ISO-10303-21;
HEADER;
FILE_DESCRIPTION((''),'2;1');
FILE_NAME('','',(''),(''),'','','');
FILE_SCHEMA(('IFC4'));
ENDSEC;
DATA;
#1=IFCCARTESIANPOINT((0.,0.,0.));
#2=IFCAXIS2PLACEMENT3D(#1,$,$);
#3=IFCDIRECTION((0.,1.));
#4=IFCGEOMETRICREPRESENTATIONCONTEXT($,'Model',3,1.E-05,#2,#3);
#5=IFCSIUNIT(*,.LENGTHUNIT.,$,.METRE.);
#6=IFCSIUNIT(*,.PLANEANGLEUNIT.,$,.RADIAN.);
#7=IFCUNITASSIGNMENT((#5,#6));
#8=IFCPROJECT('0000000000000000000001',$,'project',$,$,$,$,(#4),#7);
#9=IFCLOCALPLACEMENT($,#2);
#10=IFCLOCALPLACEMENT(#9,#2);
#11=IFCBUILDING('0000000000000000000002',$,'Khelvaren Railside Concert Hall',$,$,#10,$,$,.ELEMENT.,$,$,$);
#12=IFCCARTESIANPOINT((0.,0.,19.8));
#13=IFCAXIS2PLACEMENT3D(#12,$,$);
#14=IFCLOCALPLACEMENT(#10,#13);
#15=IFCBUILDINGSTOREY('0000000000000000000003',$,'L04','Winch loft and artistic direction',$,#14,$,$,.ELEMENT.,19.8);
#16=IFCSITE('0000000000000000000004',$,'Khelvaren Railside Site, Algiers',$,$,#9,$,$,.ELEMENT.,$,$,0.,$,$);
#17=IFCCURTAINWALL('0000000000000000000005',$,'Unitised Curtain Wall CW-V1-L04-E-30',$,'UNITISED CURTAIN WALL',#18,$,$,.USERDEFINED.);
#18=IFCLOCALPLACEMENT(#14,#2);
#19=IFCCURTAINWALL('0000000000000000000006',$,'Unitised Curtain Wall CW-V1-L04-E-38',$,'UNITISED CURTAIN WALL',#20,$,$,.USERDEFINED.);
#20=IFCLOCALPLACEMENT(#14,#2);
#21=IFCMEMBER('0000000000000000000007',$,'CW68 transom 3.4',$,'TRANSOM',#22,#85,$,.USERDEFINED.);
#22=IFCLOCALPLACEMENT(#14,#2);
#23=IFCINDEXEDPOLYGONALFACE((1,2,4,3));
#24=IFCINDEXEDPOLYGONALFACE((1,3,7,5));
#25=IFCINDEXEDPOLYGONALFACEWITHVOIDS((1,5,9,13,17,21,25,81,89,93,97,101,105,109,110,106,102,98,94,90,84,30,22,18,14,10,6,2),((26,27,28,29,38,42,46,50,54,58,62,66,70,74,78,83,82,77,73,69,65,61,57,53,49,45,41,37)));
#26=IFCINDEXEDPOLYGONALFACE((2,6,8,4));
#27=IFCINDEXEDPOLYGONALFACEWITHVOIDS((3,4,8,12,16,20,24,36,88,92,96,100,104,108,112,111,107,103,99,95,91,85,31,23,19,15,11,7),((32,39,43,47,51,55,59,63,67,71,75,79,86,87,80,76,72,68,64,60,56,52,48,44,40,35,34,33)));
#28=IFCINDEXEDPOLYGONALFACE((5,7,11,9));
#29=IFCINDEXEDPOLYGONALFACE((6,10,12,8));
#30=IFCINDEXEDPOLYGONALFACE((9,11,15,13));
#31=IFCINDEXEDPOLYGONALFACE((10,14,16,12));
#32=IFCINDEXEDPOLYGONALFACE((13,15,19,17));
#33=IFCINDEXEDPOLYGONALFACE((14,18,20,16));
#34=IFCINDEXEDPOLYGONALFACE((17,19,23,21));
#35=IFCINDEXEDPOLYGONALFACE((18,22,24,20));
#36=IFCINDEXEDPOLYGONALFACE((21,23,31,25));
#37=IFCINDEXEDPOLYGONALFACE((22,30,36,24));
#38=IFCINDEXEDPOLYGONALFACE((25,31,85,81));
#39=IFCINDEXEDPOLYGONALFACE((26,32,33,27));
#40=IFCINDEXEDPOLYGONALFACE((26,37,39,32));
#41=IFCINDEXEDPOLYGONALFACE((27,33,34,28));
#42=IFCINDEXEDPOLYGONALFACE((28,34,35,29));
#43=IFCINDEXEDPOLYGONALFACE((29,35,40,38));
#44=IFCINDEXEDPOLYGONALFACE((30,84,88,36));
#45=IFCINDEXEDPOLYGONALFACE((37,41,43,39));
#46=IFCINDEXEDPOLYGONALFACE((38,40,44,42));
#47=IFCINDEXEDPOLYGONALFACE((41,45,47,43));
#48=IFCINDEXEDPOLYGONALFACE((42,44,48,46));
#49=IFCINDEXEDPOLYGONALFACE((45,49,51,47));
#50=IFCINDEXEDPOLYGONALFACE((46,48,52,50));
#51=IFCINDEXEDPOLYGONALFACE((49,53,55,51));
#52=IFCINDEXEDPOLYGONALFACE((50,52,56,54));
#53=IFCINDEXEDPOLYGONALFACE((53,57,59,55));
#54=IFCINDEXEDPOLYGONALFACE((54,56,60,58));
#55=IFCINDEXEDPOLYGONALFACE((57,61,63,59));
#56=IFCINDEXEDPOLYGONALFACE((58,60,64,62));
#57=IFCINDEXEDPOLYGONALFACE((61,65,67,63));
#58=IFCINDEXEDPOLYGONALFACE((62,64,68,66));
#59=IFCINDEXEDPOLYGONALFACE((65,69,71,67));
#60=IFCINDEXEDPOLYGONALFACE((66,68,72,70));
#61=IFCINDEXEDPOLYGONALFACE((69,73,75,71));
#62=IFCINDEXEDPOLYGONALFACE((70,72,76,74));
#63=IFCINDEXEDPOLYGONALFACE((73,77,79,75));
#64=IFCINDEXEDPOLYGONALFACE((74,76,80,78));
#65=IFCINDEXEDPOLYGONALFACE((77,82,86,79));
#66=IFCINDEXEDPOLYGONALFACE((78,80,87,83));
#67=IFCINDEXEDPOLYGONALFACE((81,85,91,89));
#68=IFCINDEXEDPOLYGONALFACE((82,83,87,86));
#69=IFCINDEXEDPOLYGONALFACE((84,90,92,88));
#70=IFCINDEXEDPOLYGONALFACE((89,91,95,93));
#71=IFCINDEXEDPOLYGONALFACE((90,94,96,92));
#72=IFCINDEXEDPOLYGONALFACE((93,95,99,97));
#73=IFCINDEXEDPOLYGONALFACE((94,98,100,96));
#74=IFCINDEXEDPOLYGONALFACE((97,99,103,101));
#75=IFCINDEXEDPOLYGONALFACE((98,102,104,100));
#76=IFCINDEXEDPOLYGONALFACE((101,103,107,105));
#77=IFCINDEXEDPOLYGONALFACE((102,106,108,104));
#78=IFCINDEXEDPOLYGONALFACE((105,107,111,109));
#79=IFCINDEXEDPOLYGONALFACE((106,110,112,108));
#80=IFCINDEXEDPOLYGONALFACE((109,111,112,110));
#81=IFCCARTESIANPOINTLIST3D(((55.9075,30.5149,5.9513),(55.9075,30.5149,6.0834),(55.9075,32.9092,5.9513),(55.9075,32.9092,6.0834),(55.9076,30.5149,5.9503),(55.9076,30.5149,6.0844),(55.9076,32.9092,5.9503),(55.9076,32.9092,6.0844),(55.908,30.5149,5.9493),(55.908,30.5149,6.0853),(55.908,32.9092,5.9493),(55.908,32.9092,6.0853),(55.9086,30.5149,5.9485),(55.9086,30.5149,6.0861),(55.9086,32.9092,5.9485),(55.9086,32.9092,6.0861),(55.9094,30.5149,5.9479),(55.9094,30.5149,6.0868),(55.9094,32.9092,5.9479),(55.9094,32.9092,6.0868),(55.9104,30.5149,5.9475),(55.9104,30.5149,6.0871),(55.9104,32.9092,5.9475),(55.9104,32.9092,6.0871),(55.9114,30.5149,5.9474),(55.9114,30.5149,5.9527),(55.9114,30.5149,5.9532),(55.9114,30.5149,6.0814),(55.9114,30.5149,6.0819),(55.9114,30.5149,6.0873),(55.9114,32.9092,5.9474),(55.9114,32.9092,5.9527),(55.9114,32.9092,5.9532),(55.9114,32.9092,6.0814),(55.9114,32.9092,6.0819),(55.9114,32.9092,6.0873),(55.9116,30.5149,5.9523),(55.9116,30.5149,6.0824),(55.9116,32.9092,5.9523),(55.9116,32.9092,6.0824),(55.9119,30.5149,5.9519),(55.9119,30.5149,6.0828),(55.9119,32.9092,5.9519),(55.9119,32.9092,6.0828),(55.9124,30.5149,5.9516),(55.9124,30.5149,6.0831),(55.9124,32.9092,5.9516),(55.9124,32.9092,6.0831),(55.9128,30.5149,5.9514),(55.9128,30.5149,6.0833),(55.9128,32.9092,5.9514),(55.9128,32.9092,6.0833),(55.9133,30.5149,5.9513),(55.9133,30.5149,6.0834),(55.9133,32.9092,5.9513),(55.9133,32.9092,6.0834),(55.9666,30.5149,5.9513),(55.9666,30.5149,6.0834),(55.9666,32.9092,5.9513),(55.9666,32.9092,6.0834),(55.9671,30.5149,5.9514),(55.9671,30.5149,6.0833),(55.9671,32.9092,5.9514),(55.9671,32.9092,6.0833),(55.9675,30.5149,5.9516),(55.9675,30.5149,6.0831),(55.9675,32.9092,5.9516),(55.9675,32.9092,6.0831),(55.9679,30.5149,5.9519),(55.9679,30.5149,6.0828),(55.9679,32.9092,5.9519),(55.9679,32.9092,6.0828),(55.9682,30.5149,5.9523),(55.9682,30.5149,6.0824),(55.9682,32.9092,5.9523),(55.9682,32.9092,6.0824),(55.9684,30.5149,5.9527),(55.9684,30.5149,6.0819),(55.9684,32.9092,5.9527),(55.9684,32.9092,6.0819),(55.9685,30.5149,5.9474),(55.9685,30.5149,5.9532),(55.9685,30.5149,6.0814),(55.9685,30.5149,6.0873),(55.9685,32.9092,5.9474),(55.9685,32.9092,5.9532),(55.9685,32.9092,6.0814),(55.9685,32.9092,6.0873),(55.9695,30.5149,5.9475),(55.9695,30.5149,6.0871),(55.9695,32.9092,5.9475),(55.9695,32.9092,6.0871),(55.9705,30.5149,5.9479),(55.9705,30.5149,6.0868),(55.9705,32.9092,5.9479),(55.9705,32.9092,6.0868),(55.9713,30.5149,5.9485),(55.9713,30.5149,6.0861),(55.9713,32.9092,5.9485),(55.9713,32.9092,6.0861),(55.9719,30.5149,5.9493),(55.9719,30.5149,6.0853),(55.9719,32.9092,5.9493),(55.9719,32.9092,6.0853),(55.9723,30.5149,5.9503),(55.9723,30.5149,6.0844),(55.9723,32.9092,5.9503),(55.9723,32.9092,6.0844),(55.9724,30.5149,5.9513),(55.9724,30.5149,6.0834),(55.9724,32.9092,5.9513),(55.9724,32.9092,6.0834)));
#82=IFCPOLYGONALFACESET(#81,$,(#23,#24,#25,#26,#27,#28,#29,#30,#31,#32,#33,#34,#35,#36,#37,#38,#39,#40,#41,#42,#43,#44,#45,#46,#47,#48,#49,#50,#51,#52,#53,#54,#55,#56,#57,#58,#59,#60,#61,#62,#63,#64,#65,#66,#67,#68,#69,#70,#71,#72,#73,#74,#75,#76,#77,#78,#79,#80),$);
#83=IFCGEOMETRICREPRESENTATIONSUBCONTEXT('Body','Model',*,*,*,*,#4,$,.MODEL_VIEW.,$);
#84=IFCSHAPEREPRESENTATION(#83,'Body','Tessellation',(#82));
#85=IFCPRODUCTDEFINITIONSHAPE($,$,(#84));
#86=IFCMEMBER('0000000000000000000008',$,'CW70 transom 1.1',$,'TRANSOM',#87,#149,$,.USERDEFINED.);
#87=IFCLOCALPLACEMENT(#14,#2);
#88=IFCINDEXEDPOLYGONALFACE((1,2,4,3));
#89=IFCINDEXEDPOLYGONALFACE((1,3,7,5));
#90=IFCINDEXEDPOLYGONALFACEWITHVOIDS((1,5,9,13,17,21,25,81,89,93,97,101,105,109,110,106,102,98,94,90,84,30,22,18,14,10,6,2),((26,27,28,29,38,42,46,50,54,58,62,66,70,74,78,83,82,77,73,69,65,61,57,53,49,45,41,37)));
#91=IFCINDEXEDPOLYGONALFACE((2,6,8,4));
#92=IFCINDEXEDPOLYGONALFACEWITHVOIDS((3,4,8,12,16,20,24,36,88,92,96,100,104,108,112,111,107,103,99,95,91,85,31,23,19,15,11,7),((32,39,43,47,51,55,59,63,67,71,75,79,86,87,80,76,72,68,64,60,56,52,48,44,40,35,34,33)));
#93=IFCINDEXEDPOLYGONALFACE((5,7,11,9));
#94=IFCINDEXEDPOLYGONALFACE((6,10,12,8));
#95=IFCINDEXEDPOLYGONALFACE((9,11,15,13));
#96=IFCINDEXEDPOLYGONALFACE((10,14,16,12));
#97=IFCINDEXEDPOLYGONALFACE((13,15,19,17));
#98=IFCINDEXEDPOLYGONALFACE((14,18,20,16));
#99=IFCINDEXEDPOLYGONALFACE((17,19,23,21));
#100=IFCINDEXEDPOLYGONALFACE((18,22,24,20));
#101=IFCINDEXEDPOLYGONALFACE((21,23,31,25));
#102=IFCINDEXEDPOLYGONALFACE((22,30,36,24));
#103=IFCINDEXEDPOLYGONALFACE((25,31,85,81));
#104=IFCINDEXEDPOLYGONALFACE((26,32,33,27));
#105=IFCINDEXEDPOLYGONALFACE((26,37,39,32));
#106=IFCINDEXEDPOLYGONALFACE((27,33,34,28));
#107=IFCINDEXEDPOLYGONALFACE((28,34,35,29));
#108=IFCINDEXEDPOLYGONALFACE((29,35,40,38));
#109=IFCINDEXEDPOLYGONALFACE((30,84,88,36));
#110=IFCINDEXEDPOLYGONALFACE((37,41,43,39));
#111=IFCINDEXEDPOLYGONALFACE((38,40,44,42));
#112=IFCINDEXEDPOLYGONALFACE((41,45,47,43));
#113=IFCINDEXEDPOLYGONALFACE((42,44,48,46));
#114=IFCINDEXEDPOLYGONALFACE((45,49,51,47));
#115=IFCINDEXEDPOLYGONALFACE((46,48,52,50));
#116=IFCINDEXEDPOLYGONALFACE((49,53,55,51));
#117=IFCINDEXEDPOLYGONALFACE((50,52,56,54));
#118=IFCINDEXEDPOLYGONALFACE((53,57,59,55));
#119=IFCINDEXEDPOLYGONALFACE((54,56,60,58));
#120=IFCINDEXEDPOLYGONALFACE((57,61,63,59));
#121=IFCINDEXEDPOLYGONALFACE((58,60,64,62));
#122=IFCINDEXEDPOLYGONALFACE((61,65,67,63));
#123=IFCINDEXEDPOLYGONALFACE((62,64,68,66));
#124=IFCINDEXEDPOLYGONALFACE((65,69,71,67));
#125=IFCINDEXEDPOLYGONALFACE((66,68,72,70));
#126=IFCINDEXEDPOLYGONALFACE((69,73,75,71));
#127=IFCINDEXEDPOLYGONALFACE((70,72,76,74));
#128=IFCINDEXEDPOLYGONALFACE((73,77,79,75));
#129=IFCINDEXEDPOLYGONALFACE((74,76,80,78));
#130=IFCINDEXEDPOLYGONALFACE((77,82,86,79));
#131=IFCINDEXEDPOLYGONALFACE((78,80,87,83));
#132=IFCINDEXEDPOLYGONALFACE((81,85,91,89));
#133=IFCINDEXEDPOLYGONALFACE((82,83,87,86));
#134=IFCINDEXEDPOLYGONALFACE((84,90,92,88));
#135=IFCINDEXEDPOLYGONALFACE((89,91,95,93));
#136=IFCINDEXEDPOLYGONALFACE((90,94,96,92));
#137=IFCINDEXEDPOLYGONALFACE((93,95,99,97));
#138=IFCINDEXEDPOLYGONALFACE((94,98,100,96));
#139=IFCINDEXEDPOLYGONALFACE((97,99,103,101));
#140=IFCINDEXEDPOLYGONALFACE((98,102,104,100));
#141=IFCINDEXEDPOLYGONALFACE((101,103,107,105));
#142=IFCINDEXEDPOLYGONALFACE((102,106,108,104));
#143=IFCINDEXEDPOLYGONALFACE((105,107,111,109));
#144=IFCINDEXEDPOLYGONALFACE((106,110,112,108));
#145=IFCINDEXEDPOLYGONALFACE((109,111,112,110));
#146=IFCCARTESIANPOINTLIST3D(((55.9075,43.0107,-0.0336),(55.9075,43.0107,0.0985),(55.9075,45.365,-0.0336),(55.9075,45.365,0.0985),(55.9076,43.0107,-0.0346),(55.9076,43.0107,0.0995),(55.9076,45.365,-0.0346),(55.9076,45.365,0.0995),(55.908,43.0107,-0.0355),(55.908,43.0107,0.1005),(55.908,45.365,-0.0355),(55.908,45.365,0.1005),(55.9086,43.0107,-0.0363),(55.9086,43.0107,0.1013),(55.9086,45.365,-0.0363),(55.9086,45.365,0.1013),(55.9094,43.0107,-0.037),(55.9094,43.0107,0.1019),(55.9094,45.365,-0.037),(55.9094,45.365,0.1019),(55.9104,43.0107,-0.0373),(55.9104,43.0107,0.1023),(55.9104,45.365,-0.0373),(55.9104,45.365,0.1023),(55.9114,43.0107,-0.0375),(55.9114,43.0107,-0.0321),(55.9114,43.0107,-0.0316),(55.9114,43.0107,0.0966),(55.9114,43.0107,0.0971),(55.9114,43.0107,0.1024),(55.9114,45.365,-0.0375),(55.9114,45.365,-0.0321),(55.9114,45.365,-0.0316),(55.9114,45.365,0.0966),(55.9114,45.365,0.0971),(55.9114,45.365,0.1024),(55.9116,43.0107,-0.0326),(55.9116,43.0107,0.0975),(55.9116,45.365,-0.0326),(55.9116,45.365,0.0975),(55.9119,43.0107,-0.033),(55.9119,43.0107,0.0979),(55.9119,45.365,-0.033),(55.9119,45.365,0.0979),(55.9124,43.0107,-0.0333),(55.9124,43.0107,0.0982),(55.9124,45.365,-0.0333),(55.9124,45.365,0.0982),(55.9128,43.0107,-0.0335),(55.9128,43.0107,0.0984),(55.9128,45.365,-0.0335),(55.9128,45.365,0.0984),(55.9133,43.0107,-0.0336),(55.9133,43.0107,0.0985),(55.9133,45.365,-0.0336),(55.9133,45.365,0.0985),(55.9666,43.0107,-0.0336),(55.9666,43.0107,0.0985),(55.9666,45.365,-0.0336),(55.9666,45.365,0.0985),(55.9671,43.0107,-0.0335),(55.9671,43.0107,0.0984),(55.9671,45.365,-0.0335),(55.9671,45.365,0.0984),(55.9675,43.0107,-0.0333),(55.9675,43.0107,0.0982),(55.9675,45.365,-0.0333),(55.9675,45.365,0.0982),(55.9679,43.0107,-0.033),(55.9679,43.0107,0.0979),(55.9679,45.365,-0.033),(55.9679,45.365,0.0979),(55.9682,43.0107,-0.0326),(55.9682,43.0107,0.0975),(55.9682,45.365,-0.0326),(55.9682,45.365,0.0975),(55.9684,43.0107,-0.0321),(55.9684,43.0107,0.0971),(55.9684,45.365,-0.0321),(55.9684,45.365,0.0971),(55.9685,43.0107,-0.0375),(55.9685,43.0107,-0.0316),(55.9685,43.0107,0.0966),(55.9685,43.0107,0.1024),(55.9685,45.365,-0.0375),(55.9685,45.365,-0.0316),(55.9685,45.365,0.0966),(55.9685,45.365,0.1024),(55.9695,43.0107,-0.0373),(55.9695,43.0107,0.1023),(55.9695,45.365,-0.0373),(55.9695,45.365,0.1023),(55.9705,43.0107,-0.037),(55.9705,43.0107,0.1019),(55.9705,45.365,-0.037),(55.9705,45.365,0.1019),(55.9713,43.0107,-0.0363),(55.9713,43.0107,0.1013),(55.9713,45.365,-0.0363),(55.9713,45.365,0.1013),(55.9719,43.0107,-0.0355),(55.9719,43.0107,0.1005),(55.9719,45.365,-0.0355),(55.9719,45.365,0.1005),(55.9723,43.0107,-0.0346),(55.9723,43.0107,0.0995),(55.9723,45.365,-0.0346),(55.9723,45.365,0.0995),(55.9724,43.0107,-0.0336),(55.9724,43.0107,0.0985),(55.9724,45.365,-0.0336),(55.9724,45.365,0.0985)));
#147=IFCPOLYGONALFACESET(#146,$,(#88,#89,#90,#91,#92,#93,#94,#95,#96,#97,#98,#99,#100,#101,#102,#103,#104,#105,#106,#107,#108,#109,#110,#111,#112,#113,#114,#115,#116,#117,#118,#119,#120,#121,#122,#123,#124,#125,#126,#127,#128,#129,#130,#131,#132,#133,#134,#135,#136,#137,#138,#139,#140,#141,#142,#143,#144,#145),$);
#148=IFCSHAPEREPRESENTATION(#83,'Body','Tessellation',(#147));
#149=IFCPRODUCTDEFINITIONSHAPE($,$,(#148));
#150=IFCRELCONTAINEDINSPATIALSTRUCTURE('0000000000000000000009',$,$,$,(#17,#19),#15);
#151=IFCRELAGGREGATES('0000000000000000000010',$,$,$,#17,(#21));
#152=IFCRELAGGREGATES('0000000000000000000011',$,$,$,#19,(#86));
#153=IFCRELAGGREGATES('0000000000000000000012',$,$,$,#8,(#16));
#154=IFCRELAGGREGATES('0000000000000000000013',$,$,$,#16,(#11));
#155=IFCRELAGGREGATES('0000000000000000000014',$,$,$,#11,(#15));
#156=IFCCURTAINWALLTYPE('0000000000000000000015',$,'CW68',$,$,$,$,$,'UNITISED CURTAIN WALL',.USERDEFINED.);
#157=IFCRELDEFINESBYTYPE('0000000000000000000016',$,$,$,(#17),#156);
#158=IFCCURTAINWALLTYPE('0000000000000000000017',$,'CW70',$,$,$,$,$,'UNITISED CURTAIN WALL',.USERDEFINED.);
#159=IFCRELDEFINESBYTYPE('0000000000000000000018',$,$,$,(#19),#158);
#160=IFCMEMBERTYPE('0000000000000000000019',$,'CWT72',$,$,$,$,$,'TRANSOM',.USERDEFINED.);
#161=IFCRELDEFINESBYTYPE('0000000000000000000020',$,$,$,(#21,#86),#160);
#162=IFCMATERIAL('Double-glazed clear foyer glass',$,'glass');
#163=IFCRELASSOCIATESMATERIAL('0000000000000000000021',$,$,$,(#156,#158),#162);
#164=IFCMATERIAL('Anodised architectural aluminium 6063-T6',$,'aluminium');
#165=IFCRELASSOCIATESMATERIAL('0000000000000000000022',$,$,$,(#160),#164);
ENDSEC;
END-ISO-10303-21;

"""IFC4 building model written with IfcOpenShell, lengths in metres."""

from ifc_helpers import new_model, si_unit, direction, frame, origin, origin_2d, place, context, subcontext, project, spatial, hollow_rectangle, extrude, material, material_profile, profile_set, type_object, element, aggregate, save


model = new_model("IFC4")

# Units and contexts
model_context = context("Model", 3, precision=1e-05, world=origin(), true_north=direction((0.0, 1.0)))
body_context = subcontext(model_context, "Body", "Model", "MODEL_VIEW")
ifc_project = project(units=[si_unit("LENGTHUNIT", "METRE"), si_unit("PLANEANGLEUNIT", "RADIAN")], contexts=[model_context])

# Site, building, storey
site_placement = place(None, origin())
site = spatial("IfcSite", under=ifc_project, at=site_placement, Name="Khelvaren Railside Site, Algiers", CompositionType="ELEMENT", RefElevation=0.0)
building_placement = place(site_placement, origin())
building = spatial("IfcBuilding", under=site, at=building_placement, Name="Khelvaren Railside Concert Hall", CompositionType="ELEMENT")
storey_placement = place(building_placement, frame((0.0, 0.0, 19.8)))
storey = spatial("IfcBuildingStorey", under=building, at=storey_placement, Name="L04", Description="Winch loft and artistic direction", CompositionType="ELEMENT", Elevation=19.8)

# Curtain walls
ifc_material_1 = material(Name="Double-glazed clear foyer glass", Category="glass")
curtain_wall_type_1 = type_object("IfcCurtainWallType", Name="CW68", ElementType="UNITISED CURTAIN WALL", PredefinedType="USERDEFINED", material=ifc_material_1)
curtain_wall_1_placement = place(storey_placement, origin())
curtain_wall_1 = element("IfcCurtainWall", 1, at=curtain_wall_1_placement, inside=storey, type_object=curtain_wall_type_1, Name="Unitised Curtain Wall CW-V1-L04-E-30", ObjectType="UNITISED CURTAIN WALL", PredefinedType="USERDEFINED")
ifc_material_2 = material(Name="Anodised architectural aluminium 6063-T6", Category="aluminium")
curtain_wall_type_2 = type_object("IfcCurtainWallType", Name="CW70", ElementType="UNITISED CURTAIN WALL", PredefinedType="USERDEFINED", material=ifc_material_1)
curtain_wall_2_placement = place(storey_placement, origin())
curtain_wall_2 = element("IfcCurtainWall", 2, at=curtain_wall_2_placement, inside=storey, type_object=curtain_wall_type_2, Name="Unitised Curtain Wall CW-V1-L04-E-38", ObjectType="UNITISED CURTAIN WALL", PredefinedType="USERDEFINED")

# Members
ifc_material_profile_1 = material_profile(ifc_material_2, hollow_rectangle(XDim=0.0649, YDim=0.1399, WallThickness=0.0039, InnerFilletRadius=0.002, OuterFilletRadius=0.0039, at=origin_2d()), Name="CWT 65x140x4")
ifc_profile_set_1 = profile_set([ifc_material_profile_1], Name="Anodised architectural aluminium 6063-T6")
member_type_1 = type_object("IfcMemberType", Name="CWT72", ElementType="TRANSOM", PredefinedType="USERDEFINED", material=ifc_profile_set_1)
member_1_placement = place(storey_placement, frame((55.9399, 32.9092, 6.0173), z_axis=(0.0, -1.0, 0.0), x_axis=(1.0, 0.0, 0.0)))
member_1 = element("IfcMember", 3, at=member_1_placement, type_object=member_type_1, Name="CW68 transom 3.4", ObjectType="TRANSOM", PredefinedType="USERDEFINED", context=body_context, shape_type="SweptSolid", body=[
    extrude(hollow_rectangle(XDim=0.0649, YDim=0.1399, WallThickness=0.0039, InnerFilletRadius=0.002, OuterFilletRadius=0.0039, at=origin_2d()), origin(), (0.0, 0.0, 1.0), 2.3943),
])
member_2_placement = place(storey_placement, frame((55.9399, 45.365, 0.0325), z_axis=(0.0, -1.0, 0.0), x_axis=(1.0, 0.0, 0.0)))
member_2 = element("IfcMember", 4, at=member_2_placement, type_object=member_type_1, Name="CW70 transom 1.1", ObjectType="TRANSOM", PredefinedType="USERDEFINED", context=body_context, shape_type="SweptSolid", body=[
    extrude(hollow_rectangle(XDim=0.0649, YDim=0.1399, WallThickness=0.0039, InnerFilletRadius=0.002, OuterFilletRadius=0.0039, at=origin_2d()), origin(), (0.0, 0.0, 1.0), 2.3542),
])

aggregate(curtain_wall_1, [member_1])
aggregate(curtain_wall_2, [member_2])

save(model, "model.ifc")
